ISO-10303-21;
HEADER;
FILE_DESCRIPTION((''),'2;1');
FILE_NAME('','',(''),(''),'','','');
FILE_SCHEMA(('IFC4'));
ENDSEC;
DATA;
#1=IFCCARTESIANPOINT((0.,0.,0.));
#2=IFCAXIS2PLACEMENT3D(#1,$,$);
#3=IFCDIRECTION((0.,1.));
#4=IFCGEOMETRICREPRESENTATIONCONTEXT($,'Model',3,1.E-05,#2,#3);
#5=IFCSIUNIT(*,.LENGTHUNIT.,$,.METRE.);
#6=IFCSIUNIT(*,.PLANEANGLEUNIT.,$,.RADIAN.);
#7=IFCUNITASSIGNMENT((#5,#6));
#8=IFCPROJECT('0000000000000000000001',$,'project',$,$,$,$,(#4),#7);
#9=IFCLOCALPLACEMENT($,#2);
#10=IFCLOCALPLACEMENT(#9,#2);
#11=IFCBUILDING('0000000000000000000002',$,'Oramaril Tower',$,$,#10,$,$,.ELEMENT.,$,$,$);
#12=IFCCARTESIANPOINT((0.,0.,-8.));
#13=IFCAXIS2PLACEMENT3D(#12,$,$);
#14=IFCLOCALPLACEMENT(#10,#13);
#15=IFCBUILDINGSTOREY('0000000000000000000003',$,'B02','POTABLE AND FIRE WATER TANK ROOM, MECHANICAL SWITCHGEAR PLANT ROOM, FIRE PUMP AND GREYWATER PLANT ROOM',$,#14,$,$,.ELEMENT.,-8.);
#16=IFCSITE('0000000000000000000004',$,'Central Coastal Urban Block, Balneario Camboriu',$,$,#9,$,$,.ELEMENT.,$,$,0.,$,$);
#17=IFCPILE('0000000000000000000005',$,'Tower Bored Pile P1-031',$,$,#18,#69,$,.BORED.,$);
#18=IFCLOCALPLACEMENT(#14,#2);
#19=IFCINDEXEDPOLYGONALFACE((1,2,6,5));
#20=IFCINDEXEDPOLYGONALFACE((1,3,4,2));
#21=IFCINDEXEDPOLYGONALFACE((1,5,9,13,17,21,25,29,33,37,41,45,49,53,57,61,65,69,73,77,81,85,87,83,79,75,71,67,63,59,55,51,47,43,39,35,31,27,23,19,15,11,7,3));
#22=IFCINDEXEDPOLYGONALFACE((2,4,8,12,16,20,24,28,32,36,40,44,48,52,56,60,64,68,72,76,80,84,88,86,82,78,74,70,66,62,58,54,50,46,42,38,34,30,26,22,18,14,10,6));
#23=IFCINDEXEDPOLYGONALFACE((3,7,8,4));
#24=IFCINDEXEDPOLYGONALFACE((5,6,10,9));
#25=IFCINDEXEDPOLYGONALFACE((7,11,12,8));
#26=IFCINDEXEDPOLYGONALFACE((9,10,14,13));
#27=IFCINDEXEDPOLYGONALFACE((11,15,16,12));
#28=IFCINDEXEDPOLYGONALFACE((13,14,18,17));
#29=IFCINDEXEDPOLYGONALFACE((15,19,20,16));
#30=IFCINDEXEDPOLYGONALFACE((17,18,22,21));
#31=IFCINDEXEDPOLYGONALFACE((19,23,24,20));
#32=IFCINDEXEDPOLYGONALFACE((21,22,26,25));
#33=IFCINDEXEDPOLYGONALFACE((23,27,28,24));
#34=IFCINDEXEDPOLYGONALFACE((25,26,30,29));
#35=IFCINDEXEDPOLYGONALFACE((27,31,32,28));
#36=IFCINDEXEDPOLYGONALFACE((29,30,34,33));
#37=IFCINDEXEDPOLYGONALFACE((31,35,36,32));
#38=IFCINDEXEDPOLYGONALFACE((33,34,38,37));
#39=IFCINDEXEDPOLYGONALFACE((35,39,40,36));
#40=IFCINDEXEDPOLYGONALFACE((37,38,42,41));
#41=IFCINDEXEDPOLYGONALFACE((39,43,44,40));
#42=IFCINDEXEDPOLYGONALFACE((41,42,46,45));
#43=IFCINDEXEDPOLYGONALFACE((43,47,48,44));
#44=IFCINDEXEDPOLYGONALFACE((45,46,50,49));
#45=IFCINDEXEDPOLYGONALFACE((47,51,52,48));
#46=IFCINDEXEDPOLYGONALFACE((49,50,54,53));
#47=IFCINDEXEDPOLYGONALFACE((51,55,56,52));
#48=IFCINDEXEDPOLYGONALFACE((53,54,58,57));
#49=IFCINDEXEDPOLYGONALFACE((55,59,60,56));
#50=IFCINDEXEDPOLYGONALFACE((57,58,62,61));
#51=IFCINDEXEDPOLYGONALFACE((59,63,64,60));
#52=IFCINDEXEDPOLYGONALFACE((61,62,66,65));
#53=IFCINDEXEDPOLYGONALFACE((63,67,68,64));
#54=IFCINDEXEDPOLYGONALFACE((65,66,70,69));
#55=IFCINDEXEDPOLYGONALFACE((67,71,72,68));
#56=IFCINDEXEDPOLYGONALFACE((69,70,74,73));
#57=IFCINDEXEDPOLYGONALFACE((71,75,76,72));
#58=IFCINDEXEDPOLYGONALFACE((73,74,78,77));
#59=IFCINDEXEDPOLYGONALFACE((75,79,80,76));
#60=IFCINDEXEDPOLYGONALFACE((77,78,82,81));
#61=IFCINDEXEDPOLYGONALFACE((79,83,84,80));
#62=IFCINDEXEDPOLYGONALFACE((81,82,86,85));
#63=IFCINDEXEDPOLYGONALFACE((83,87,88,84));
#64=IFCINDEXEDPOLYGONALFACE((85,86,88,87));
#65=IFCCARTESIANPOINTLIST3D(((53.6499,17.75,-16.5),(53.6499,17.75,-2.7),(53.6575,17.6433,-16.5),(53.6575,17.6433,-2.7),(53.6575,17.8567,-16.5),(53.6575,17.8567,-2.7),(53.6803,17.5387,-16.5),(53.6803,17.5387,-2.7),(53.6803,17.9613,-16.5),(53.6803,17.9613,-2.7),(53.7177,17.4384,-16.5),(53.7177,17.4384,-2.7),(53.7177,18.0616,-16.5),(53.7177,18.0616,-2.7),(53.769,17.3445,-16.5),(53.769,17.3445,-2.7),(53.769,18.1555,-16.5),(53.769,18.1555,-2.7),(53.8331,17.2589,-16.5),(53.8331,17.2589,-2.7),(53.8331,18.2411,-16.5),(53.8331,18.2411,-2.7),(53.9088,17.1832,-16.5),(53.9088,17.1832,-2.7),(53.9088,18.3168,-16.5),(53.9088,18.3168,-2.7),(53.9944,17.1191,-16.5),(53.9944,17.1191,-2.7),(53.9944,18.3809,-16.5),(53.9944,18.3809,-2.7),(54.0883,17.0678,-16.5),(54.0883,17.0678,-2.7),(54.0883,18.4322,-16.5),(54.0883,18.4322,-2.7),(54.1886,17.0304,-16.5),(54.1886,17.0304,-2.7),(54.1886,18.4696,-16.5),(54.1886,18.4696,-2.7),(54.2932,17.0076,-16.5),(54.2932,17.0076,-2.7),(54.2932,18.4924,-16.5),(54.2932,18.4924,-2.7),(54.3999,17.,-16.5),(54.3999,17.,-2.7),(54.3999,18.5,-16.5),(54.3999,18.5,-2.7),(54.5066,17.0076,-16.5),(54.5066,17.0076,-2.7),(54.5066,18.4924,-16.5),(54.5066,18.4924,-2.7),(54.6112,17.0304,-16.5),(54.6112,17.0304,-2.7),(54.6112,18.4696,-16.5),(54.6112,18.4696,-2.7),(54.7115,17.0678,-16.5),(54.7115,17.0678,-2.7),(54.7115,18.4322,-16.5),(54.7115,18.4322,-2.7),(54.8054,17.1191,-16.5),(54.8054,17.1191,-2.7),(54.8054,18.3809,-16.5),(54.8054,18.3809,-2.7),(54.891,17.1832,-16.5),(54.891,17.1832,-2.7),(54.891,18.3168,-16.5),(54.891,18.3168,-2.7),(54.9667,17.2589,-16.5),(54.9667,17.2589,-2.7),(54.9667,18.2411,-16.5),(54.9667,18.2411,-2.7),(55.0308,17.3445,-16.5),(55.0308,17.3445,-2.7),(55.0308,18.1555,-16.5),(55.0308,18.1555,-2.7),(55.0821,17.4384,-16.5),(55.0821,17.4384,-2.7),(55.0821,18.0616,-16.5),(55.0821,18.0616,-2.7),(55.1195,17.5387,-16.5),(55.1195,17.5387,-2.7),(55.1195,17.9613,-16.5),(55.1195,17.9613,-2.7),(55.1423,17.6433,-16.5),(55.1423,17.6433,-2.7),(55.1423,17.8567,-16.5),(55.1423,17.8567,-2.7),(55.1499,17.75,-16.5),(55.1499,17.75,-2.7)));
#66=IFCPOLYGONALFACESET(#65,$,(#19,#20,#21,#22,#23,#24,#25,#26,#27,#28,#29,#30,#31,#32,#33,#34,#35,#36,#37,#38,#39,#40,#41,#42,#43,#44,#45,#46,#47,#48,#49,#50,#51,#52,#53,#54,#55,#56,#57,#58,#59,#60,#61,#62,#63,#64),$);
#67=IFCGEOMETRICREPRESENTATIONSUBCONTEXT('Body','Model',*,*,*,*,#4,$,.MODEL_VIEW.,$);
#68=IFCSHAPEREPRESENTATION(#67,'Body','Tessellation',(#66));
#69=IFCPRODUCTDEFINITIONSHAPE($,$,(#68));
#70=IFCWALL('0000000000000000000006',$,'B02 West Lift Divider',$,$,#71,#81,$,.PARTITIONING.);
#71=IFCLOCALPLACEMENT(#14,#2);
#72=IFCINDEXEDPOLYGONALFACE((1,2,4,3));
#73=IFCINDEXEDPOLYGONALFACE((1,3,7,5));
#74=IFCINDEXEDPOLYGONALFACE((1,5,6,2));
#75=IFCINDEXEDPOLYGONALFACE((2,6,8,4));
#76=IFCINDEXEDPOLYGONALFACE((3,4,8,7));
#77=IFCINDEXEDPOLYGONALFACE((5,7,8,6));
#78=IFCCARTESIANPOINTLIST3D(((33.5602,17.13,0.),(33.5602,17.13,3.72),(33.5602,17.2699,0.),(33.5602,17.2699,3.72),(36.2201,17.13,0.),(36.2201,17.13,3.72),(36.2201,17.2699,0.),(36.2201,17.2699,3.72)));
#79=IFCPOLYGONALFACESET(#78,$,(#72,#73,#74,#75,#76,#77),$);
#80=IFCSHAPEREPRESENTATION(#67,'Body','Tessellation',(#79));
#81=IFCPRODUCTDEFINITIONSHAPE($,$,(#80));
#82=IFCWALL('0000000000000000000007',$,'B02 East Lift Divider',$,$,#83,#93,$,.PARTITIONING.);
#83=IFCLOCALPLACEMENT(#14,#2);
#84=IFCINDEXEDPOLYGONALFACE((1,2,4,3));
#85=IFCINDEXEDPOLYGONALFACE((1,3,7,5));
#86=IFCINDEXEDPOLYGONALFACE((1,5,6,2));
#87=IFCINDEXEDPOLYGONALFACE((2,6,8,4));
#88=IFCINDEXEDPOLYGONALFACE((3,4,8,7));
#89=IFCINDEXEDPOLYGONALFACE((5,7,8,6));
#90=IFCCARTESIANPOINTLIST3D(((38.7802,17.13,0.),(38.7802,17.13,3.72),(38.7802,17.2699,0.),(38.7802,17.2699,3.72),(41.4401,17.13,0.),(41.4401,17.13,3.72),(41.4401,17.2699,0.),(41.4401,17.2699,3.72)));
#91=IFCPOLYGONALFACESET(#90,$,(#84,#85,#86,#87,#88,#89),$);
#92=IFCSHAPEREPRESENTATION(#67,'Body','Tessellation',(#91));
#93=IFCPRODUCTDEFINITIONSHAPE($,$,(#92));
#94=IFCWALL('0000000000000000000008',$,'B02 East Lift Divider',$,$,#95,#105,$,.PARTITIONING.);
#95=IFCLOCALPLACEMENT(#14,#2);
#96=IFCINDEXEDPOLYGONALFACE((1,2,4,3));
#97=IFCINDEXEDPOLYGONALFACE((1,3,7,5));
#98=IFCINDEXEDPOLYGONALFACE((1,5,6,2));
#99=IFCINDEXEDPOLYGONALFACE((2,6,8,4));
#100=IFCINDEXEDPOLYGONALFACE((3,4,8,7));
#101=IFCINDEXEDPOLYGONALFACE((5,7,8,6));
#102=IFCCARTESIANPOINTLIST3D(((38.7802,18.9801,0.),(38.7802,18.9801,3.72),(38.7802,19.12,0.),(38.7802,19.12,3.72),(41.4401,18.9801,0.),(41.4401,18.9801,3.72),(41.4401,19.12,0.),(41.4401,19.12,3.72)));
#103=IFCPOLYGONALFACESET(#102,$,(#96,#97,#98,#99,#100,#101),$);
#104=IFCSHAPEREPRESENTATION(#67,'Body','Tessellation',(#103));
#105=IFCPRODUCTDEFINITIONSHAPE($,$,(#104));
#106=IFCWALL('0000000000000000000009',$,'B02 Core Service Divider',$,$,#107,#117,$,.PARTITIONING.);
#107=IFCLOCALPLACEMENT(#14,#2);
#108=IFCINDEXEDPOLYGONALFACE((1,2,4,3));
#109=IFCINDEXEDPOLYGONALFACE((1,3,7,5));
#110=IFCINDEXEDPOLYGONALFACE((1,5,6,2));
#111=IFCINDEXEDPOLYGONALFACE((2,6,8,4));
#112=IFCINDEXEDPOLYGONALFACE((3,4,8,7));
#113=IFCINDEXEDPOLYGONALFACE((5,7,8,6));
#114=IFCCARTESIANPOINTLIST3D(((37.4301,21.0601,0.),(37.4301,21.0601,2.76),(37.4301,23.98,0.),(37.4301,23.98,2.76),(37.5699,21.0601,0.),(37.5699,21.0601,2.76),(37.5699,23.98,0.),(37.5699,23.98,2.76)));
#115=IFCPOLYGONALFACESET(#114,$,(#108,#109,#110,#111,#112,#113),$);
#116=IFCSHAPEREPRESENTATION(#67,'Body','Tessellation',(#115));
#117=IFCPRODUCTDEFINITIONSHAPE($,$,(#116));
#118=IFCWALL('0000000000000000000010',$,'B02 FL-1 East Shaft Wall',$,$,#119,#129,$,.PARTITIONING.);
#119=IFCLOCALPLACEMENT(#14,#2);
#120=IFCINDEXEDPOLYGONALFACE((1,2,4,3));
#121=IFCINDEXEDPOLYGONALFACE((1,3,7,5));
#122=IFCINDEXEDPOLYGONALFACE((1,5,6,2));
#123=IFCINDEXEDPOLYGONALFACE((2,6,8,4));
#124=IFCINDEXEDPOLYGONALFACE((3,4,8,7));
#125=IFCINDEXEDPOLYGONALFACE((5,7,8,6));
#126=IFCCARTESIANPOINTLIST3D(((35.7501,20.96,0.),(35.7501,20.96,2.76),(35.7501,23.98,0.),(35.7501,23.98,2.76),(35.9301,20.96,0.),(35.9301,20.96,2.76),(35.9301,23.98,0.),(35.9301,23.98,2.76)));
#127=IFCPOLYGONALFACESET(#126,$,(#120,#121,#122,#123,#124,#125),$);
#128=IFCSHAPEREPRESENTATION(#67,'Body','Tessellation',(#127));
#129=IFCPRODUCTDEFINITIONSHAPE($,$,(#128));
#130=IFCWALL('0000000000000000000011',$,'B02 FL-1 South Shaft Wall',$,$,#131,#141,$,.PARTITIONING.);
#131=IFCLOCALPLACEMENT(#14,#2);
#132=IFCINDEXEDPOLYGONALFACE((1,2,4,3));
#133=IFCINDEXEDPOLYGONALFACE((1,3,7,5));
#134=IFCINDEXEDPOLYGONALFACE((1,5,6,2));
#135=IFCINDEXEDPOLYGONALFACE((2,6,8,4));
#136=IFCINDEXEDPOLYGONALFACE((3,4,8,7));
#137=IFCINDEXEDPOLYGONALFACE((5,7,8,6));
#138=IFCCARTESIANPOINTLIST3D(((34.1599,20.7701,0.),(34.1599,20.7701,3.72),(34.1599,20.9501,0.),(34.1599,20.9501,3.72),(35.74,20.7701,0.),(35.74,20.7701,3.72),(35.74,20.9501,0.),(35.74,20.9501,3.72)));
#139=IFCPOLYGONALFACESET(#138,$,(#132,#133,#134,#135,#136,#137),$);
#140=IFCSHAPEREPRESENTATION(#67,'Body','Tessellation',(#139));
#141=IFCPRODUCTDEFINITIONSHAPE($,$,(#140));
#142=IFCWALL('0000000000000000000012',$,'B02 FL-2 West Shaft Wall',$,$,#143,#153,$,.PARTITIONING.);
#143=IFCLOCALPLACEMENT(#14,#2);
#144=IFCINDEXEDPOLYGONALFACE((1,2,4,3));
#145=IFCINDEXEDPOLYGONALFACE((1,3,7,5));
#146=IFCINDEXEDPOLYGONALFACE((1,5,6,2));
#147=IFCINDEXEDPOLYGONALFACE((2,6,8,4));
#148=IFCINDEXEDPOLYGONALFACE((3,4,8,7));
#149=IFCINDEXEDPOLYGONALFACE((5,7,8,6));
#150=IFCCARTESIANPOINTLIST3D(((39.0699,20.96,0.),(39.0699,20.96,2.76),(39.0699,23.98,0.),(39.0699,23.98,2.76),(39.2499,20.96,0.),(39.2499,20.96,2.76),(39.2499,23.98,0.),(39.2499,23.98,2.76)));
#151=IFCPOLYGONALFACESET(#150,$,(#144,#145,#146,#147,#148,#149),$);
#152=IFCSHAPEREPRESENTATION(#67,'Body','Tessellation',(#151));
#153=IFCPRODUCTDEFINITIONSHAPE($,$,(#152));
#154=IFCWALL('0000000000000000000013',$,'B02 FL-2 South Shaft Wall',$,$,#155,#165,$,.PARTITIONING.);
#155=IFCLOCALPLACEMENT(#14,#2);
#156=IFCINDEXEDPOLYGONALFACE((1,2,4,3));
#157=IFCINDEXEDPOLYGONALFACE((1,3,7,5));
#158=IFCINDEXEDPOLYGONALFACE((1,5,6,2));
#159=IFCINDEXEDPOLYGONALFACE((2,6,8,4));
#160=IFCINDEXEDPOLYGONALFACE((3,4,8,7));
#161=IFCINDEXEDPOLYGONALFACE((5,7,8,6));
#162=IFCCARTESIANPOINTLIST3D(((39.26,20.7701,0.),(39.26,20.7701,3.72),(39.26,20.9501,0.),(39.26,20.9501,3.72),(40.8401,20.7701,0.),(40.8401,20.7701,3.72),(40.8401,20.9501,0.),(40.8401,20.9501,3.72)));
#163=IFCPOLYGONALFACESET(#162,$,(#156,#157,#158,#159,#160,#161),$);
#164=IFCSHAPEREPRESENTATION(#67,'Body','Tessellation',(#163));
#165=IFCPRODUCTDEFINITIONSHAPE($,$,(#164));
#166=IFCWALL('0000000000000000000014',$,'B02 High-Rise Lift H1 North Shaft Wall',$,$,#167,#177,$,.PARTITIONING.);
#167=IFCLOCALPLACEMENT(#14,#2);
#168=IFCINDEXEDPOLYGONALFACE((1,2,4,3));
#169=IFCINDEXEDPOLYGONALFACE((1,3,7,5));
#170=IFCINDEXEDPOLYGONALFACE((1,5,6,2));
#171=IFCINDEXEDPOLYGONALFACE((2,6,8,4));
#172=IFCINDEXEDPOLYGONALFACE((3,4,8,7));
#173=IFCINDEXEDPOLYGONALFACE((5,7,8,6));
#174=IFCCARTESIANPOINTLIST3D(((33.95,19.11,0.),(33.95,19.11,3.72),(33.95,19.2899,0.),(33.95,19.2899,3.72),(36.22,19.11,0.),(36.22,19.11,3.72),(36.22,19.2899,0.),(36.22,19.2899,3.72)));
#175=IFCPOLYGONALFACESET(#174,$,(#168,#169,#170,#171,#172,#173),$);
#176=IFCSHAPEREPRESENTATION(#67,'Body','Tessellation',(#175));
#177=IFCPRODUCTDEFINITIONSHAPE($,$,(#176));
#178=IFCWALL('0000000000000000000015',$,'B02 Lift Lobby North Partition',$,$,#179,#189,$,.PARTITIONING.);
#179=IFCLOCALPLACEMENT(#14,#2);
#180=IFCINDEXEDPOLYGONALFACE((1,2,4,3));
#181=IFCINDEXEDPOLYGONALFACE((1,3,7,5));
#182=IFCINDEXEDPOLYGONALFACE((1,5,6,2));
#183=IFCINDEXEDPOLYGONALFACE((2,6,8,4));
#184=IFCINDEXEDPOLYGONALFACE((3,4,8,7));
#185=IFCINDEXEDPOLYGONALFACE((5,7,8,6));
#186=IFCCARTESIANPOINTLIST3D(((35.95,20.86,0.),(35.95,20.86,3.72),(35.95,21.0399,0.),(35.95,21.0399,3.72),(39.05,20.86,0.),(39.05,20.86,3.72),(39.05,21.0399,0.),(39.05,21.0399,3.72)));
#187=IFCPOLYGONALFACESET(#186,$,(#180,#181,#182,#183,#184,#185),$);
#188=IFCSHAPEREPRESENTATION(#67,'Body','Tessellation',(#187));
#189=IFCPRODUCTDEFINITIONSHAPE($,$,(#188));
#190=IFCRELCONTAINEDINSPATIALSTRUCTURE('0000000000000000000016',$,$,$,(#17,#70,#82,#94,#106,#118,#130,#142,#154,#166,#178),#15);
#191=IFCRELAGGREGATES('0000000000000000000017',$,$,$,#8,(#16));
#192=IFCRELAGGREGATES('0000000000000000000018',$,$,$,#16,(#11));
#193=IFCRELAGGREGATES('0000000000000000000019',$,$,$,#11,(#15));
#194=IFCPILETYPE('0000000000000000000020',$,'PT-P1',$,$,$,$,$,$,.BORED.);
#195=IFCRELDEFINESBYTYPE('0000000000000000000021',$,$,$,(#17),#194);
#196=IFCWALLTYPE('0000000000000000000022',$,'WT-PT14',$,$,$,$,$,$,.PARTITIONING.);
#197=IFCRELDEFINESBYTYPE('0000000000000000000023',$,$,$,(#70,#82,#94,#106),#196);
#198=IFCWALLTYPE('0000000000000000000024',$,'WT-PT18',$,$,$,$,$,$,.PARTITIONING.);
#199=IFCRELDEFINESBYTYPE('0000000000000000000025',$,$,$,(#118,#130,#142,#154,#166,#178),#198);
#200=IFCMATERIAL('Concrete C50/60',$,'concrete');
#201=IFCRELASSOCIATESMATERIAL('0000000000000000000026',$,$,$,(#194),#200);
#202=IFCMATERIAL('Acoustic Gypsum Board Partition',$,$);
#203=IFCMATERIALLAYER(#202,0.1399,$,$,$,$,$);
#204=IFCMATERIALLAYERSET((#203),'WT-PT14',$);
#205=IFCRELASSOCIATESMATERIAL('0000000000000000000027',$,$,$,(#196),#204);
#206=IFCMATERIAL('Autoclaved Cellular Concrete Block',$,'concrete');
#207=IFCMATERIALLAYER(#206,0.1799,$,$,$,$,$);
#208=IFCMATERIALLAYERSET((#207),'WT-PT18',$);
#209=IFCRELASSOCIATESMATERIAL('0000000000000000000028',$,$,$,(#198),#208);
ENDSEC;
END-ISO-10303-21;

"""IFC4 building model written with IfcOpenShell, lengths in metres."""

from ifc_helpers import new_model, si_unit, direction, frame, frame_2d, origin, origin_2d, place, context, subcontext, project, spatial, rectangle, circle, extrude, material, layer, layer_set, material_profile, profile_set, type_object, element, save


model = new_model("IFC4")

# Units and contexts
model_context = context("Model", 3, precision=1e-05, world=origin(), true_north=direction((0.0, 1.0)))
body_context = subcontext(model_context, "Body", "Model", "MODEL_VIEW")
ifc_project = project(units=[si_unit("LENGTHUNIT", "METRE"), si_unit("PLANEANGLEUNIT", "RADIAN")], contexts=[model_context])

# Site, building, storey
site_placement = place(None, origin())
site = spatial("IfcSite", under=ifc_project, at=site_placement, Name="Central Coastal Urban Block, Balneario Camboriu", CompositionType="ELEMENT", RefElevation=0.0)
building_placement = place(site_placement, origin())
building = spatial("IfcBuilding", under=site, at=building_placement, Name="Oramaril Tower", CompositionType="ELEMENT")
storey_placement = place(building_placement, frame((0.0, 0.0, -8.0)))
storey = spatial("IfcBuildingStorey", under=building, at=storey_placement, Name="B02", Description="POTABLE AND FIRE WATER TANK ROOM, MECHANICAL SWITCHGEAR PLANT ROOM, FIRE PUMP AND GREYWATER PLANT ROOM", CompositionType="ELEMENT", Elevation=-8.0)

# Pile
ifc_material_1 = material(Name="Concrete C50/60", Category="concrete")
ifc_material_profile = material_profile(ifc_material_1, circle(Radius=0.75, at=origin_2d()), Name="D1500")
ifc_profile_set = profile_set([ifc_material_profile], Name="Concrete C50/60")
pile_type = type_object("IfcPileType", Name="PT-P1", PredefinedType="BORED", material=ifc_profile_set)
for number, where, z_axis, x_axis, name in (
    (1, (54.3999, 17.75, -2.7), (0.0, 0.0, -1.0), (1.0, 0.0, 0.0), "Tower Bored Pile P1-031"),
):
    element("IfcPile", number, at=place(storey_placement, frame(where, z_axis=z_axis, x_axis=x_axis)), inside=storey, type_object=pile_type, Name=name, PredefinedType="BORED", context=body_context, shape_type="SweptSolid", body=[
        extrude(circle(Radius=0.75, at=origin_2d()), origin(), (0.0, 0.0, 1.0), 13.8),
    ])

# Walls
ifc_material_2 = material(Name="Acoustic Gypsum Board Partition")
ifc_layer_1 = layer(ifc_material_2, 0.1399)
ifc_layer_set_1 = layer_set([ifc_layer_1], Name="WT-PT14")
wall_type_1 = type_object("IfcWallType", Name="WT-PT14", PredefinedType="PARTITIONING", material=ifc_layer_set_1)
for number, where, z_axis, x_axis, name in (
    (2, (33.5601, 17.2, 0.0), (0.0, 0.0, 1.0), (1.0, 0.0, 0.0), "B02 West Lift Divider"),
    (3, (38.78, 17.2, 0.0), (0.0, 0.0, 1.0), (1.0, 0.0, 0.0), "B02 East Lift Divider"),
    (4, (38.78, 19.05, 0.0), (0.0, 0.0, 1.0), (1.0, 0.0, 0.0), "B02 East Lift Divider"),
):
    element("IfcWall", number, at=place(storey_placement, frame(where, z_axis=z_axis, x_axis=x_axis)), inside=storey, type_object=wall_type_1, Name=name, PredefinedType="PARTITIONING", context=body_context, shape_type="SweptSolid", body=[
        extrude(rectangle(XDim=2.6599, YDim=0.1399, at=frame_2d((1.3301, 0.0))), origin(), (0.0, 0.0, 1.0), 3.72),
    ])
wall_1_placement = place(storey_placement, frame((37.5, 21.0601, 0.0), z_axis=(0.0, 0.0, 1.0), x_axis=(0.0, 1.0, 0.0)))
element("IfcWall", 5, at=wall_1_placement, inside=storey, type_object=wall_type_1, Name="B02 Core Service Divider", PredefinedType="PARTITIONING", context=body_context, shape_type="SweptSolid", body=[
    extrude(rectangle(XDim=2.9199, YDim=0.1399, at=frame_2d((1.46, 0.0))), origin(), (0.0, 0.0, 1.0), 2.76),
])
ifc_material_3 = material(Name="Autoclaved Cellular Concrete Block", Category="concrete")
ifc_layer_2 = layer(ifc_material_3, 0.1799)
ifc_layer_set_2 = layer_set([ifc_layer_2], Name="WT-PT18")
wall_type_2 = type_object("IfcWallType", Name="WT-PT18", PredefinedType="PARTITIONING", material=ifc_layer_set_2)
wall_2_placement = place(storey_placement, frame((35.8401, 20.96, 0.0), z_axis=(0.0, 0.0, 1.0), x_axis=(0.0, 1.0, 0.0)))
element("IfcWall", 6, at=wall_2_placement, inside=storey, type_object=wall_type_2, Name="B02 FL-1 East Shaft Wall", PredefinedType="PARTITIONING", context=body_context, shape_type="SweptSolid", body=[
    extrude(rectangle(XDim=3.02, YDim=0.1799, at=frame_2d((1.51, 0.0))), origin(), (0.0, 0.0, 1.0), 2.76),
])
wall_3_placement = place(storey_placement, frame((34.1599, 20.8601, 0.0), z_axis=(0.0, 0.0, 1.0), x_axis=(1.0, 0.0, 0.0)))
element("IfcWall", 7, at=wall_3_placement, inside=storey, type_object=wall_type_2, Name="B02 FL-1 South Shaft Wall", PredefinedType="PARTITIONING", context=body_context, shape_type="SweptSolid", body=[
    extrude(rectangle(XDim=1.5801, YDim=0.1799, at=frame_2d((0.79, 0.0))), origin(), (0.0, 0.0, 1.0), 3.72),
])
wall_4_placement = place(storey_placement, frame((39.1599, 20.96, 0.0), z_axis=(0.0, 0.0, 1.0), x_axis=(0.0, 1.0, 0.0)))
element("IfcWall", 8, at=wall_4_placement, inside=storey, type_object=wall_type_2, Name="B02 FL-2 West Shaft Wall", PredefinedType="PARTITIONING", context=body_context, shape_type="SweptSolid", body=[
    extrude(rectangle(XDim=3.02, YDim=0.1799, at=frame_2d((1.51, 0.0))), origin(), (0.0, 0.0, 1.0), 2.76),
])
wall_5_placement = place(storey_placement, frame((39.26, 20.8601, 0.0), z_axis=(0.0, 0.0, 1.0), x_axis=(1.0, 0.0, 0.0)))
element("IfcWall", 9, at=wall_5_placement, inside=storey, type_object=wall_type_2, Name="B02 FL-2 South Shaft Wall", PredefinedType="PARTITIONING", context=body_context, shape_type="SweptSolid", body=[
    extrude(rectangle(XDim=1.5801, YDim=0.1799, at=frame_2d((0.79, 0.0))), origin(), (0.0, 0.0, 1.0), 3.72),
])
wall_6_placement = place(storey_placement, frame((33.95, 19.2, 0.0), z_axis=(0.0, 0.0, 1.0), x_axis=(1.0, 0.0, 0.0)))
element("IfcWall", 10, at=wall_6_placement, inside=storey, type_object=wall_type_2, Name="B02 High-Rise Lift H1 North Shaft Wall", PredefinedType="PARTITIONING", context=body_context, shape_type="SweptSolid", body=[
    extrude(rectangle(XDim=2.27, YDim=0.1799, at=frame_2d((1.135, 0.0))), origin(), (0.0, 0.0, 1.0), 3.72),
])
wall_7_placement = place(storey_placement, frame((35.95, 20.95, 0.0), z_axis=(0.0, 0.0, 1.0), x_axis=(1.0, 0.0, 0.0)))
element("IfcWall", 11, at=wall_7_placement, inside=storey, type_object=wall_type_2, Name="B02 Lift Lobby North Partition", PredefinedType="PARTITIONING", context=body_context, shape_type="SweptSolid", body=[
    extrude(rectangle(XDim=3.1001, YDim=0.1799, at=frame_2d((1.55, 0.0))), origin(), (0.0, 0.0, 1.0), 3.72),
])

save(model, "model.ifc")
